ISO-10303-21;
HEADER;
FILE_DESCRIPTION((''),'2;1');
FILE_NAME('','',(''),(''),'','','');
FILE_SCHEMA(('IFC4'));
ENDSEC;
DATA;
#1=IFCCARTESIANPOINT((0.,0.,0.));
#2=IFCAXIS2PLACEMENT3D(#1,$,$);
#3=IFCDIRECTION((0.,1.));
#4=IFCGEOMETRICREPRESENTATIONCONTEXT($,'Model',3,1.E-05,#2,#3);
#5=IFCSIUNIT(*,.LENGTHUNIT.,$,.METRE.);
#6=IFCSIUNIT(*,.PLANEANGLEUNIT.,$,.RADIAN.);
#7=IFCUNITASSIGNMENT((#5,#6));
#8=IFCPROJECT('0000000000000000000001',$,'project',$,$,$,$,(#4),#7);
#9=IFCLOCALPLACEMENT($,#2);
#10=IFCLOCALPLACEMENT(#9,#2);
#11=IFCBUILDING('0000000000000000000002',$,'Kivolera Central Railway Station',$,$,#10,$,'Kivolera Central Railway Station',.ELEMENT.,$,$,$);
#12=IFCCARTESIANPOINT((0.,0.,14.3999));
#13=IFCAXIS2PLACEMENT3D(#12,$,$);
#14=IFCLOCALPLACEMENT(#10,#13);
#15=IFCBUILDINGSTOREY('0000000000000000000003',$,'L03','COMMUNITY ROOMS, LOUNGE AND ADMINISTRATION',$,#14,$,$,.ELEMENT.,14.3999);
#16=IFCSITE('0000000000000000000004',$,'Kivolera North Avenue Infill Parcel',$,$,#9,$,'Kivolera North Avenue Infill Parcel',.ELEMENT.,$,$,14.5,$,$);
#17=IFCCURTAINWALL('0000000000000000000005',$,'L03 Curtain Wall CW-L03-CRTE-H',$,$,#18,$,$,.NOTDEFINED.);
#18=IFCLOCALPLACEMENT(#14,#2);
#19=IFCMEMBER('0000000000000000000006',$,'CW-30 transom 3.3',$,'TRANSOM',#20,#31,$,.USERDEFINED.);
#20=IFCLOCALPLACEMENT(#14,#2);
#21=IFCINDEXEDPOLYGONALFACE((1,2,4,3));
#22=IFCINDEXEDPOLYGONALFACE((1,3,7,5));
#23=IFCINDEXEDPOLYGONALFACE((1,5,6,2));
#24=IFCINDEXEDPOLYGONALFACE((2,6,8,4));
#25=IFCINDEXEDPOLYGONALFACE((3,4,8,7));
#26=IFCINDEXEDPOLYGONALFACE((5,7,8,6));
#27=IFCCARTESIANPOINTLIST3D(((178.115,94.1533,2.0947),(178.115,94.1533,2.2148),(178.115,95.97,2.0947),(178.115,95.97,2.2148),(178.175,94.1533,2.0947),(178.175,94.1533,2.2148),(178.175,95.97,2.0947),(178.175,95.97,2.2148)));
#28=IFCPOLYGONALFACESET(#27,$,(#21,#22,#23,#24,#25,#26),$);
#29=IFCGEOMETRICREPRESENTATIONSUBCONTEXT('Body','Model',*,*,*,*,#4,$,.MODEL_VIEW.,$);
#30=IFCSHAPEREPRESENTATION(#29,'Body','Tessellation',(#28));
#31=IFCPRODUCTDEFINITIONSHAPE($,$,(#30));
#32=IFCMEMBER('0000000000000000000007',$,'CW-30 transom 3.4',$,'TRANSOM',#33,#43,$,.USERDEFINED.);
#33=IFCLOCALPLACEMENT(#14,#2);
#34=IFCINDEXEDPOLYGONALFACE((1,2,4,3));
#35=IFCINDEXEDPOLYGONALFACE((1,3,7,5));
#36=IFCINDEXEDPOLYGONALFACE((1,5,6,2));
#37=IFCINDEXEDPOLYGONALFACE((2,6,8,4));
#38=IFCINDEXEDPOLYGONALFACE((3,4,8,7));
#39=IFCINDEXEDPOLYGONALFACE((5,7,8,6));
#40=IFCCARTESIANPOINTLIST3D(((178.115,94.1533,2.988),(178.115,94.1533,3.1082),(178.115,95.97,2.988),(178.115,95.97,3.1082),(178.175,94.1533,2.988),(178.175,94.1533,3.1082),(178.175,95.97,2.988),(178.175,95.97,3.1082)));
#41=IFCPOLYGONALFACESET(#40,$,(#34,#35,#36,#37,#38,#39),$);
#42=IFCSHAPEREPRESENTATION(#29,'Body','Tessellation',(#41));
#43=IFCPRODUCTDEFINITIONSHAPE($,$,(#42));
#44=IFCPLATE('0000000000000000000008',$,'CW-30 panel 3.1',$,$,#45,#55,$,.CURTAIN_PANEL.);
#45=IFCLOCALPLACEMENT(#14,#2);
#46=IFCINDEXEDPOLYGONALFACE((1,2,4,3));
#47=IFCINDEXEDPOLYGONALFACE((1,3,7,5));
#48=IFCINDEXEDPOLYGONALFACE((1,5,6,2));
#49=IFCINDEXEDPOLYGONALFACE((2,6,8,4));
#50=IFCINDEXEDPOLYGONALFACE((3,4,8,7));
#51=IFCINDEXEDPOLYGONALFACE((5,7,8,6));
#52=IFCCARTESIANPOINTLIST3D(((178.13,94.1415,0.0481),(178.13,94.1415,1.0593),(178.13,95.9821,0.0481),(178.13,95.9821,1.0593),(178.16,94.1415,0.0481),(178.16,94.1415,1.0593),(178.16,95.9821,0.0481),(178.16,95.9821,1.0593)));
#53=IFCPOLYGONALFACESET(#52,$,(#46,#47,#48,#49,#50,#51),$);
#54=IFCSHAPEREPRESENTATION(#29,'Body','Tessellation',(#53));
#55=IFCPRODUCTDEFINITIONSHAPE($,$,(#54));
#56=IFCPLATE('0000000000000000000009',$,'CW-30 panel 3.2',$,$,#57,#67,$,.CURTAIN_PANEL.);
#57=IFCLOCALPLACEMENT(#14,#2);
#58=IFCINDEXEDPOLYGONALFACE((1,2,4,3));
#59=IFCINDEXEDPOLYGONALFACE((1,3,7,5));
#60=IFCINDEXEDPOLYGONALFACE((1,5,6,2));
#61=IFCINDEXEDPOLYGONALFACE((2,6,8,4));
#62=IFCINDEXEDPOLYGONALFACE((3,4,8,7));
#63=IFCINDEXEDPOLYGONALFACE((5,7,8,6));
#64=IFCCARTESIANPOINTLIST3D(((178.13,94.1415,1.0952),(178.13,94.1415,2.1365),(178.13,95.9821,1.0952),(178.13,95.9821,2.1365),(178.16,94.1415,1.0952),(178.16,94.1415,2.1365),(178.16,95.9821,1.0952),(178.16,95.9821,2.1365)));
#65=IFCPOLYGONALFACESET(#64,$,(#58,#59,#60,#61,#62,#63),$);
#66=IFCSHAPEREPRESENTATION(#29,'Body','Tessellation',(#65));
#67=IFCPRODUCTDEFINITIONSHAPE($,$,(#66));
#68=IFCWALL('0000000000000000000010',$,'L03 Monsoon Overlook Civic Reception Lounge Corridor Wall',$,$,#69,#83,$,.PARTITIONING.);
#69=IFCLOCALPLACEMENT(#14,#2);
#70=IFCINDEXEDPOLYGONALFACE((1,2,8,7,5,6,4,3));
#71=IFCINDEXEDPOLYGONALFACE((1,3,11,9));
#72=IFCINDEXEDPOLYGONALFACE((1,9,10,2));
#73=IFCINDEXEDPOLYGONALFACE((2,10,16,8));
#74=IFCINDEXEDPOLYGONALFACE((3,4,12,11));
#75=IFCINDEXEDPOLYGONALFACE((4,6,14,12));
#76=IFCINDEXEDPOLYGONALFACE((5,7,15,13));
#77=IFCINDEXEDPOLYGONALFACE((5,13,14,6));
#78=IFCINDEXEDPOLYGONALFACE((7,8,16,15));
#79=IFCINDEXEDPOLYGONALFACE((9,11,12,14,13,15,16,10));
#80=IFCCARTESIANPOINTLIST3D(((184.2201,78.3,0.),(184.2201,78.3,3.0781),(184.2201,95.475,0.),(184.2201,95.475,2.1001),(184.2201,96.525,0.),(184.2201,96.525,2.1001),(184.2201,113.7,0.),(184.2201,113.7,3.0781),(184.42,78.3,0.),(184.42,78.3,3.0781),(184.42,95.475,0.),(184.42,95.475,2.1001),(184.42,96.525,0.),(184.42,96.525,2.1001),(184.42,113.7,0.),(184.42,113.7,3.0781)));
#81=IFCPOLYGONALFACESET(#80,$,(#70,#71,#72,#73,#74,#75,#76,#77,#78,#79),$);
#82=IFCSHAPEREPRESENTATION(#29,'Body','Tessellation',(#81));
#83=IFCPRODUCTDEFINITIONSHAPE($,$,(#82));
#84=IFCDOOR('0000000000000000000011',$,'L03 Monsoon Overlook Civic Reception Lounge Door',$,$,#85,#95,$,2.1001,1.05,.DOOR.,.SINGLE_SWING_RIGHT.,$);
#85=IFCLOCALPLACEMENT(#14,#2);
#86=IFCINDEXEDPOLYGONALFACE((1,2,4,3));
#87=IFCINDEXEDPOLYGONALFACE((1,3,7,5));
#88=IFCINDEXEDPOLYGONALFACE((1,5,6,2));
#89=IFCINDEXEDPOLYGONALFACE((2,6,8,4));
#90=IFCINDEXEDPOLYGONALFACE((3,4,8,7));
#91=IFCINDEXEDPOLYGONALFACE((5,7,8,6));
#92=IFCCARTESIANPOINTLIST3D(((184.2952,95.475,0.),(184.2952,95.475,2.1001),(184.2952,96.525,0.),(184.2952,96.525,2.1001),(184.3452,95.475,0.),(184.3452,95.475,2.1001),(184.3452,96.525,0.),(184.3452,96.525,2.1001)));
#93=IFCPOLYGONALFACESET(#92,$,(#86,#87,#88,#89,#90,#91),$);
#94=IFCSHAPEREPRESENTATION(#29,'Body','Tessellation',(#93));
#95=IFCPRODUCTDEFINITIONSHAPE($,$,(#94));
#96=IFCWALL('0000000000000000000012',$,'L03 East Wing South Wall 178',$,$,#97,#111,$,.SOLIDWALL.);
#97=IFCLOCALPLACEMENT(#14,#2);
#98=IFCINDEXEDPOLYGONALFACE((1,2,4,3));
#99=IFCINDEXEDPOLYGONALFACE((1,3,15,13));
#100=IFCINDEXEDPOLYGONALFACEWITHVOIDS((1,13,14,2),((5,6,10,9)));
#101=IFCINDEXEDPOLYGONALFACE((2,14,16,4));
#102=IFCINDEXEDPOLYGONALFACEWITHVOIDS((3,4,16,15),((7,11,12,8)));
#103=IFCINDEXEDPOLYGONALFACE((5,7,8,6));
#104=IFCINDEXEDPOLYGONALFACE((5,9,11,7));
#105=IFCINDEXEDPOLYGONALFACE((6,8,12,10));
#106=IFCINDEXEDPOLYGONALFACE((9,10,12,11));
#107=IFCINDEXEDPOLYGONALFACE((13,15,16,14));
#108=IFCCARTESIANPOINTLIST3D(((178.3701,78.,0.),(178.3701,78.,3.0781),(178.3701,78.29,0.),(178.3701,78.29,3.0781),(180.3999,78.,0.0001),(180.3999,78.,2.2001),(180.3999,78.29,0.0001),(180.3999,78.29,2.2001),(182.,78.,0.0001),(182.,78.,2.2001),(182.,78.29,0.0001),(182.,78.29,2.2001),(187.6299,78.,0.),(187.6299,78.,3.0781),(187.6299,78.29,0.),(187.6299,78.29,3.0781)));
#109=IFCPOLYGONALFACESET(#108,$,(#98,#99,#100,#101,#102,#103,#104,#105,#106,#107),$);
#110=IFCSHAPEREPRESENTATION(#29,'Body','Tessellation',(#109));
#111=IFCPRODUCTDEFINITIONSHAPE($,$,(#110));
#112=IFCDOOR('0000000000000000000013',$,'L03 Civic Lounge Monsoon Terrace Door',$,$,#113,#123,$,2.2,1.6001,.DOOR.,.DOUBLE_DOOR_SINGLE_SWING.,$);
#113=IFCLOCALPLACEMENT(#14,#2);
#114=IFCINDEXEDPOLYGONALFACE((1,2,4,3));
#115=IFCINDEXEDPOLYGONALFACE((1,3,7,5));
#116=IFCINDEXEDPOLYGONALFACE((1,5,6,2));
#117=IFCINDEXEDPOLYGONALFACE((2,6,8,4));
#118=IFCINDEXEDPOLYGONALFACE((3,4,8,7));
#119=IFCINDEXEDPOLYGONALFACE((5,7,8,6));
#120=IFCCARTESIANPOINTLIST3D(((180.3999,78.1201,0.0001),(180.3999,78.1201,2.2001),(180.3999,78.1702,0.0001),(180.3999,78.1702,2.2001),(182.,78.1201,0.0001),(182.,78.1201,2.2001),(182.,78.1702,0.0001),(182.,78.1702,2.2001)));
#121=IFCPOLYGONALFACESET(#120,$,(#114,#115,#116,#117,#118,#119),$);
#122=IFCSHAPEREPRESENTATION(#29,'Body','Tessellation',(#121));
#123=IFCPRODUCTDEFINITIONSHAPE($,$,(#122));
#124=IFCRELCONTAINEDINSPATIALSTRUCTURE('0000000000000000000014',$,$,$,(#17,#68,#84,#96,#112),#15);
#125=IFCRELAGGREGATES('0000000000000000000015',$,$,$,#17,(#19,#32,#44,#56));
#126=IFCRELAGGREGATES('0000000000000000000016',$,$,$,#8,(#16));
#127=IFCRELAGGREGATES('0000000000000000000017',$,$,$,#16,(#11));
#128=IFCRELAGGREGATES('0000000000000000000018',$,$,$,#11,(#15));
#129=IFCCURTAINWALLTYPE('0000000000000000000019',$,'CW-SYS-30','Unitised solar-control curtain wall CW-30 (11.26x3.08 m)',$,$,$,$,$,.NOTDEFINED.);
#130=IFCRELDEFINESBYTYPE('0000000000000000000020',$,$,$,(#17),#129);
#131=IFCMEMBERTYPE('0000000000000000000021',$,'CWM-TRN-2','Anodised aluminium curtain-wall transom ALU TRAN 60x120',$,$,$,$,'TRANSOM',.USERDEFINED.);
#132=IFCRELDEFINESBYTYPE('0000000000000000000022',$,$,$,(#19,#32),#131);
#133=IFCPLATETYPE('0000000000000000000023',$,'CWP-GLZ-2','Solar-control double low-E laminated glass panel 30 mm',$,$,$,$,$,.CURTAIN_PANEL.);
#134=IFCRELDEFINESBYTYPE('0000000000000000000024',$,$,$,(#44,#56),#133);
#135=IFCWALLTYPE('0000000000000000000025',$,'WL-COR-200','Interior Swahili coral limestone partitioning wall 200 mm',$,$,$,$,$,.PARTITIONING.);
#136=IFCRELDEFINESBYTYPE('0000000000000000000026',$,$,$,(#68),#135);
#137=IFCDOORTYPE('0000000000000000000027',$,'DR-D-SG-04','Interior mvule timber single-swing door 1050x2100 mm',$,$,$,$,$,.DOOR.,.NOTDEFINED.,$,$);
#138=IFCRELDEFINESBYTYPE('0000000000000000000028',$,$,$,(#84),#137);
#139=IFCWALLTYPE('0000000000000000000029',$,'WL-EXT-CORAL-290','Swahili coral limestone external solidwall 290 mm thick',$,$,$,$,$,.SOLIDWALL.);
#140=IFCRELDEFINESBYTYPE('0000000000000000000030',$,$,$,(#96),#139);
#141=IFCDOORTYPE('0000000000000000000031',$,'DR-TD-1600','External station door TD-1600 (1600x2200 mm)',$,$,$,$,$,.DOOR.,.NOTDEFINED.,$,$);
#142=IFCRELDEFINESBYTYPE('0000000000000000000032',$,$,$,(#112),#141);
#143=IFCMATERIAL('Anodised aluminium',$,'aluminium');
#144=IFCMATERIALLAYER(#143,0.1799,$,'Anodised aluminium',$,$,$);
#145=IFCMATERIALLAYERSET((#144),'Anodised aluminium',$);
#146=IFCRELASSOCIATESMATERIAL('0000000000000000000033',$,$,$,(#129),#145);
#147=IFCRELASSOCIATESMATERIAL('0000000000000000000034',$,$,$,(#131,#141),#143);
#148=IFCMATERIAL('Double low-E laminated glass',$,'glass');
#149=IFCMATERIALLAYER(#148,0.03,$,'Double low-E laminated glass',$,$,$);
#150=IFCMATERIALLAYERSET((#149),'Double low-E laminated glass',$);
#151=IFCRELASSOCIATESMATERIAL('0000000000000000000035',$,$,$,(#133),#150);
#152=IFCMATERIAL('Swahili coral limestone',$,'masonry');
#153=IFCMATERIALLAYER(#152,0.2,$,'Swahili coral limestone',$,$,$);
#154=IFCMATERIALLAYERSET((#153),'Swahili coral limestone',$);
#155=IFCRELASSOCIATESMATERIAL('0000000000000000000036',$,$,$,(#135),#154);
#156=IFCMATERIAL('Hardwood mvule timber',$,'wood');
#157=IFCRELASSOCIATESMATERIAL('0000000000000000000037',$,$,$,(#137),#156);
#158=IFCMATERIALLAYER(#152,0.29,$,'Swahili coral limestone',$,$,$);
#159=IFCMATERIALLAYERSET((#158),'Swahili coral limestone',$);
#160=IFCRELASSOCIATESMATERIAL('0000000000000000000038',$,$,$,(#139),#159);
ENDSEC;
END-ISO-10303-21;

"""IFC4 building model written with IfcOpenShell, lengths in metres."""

from ifc_helpers import new_model, si_unit, direction, frame, frame_2d, origin, origin_2d, place, context, subcontext, project, spatial, rectangle, extrude, material, layer, layer_set, material_profile, profile_set, type_object, element, fill, aggregate, save


model = new_model("IFC4")

# Units and contexts
model_context = context("Model", 3, precision=1e-05, world=origin(), true_north=direction((0.0, 1.0)))
body_context = subcontext(model_context, "Body", "Model", "MODEL_VIEW")
ifc_project = project(units=[si_unit("LENGTHUNIT", "METRE"), si_unit("PLANEANGLEUNIT", "RADIAN")], contexts=[model_context])

# Site, building, storey
site_placement = place(None, origin())
site = spatial("IfcSite", under=ifc_project, at=site_placement, Name="Kivolera North Avenue Infill Parcel", LongName="Kivolera North Avenue Infill Parcel", CompositionType="ELEMENT", RefElevation=14.5)
building_placement = place(site_placement, origin())
building = spatial("IfcBuilding", under=site, at=building_placement, Name="Kivolera Central Railway Station", LongName="Kivolera Central Railway Station", CompositionType="ELEMENT")
storey_placement = place(building_placement, frame((0.0, 0.0, 14.3999)))
storey = spatial("IfcBuildingStorey", under=building, at=storey_placement, Name="L03", Description="COMMUNITY ROOMS, LOUNGE AND ADMINISTRATION", CompositionType="ELEMENT", Elevation=14.3999)

# Curtain wall, members, plates
ifc_material_1 = material(Name="Anodised aluminium", Category="aluminium")
ifc_layer_1 = layer(ifc_material_1, 0.1799, Name="Anodised aluminium")
ifc_layer_set_1 = layer_set([ifc_layer_1], Name="Anodised aluminium")
curtain_wall_type = type_object("IfcCurtainWallType", Name="CW-SYS-30", Description="Unitised solar-control curtain wall CW-30 (11.26x3.08 m)", PredefinedType="NOTDEFINED", material=ifc_layer_set_1)
curtain_wall_placement = place(storey_placement, origin())
curtain_wall = element("IfcCurtainWall", 1, at=curtain_wall_placement, inside=storey, type_object=curtain_wall_type, Name="L03 Curtain Wall CW-L03-CRTE-H", PredefinedType="NOTDEFINED")
ifc_material_profile_1 = material_profile(ifc_material_1, rectangle(XDim=0.0601, YDim=0.1201, at=origin_2d()), Name="ALU TRAN 60x120")
ifc_profile_set_1 = profile_set([ifc_material_profile_1], Name="Anodised aluminium")
member_type = type_object("IfcMemberType", Name="CWM-TRN-2", Description="Anodised aluminium curtain-wall transom ALU TRAN 60x120", ElementType="TRANSOM", PredefinedType="USERDEFINED", material=ifc_profile_set_1)
member_1_placement = place(storey_placement, frame((178.145, 94.1533, 2.1548), z_axis=(0.0, 1.0, 0.0), x_axis=(-1.0, 0.0, 0.0)))
member_1 = element("IfcMember", 2, at=member_1_placement, type_object=member_type, Name="CW-30 transom 3.3", ObjectType="TRANSOM", PredefinedType="USERDEFINED", context=body_context, shape_type="SweptSolid", body=[
    extrude(rectangle(XDim=0.0601, YDim=0.1201, at=origin_2d()), origin(), (0.0, 0.0, 1.0), 1.8167),
])
member_2_placement = place(storey_placement, frame((178.145, 94.1533, 3.0481), z_axis=(0.0, 1.0, 0.0), x_axis=(-1.0, 0.0, 0.0)))
member_2 = element("IfcMember", 3, at=member_2_placement, type_object=member_type, Name="CW-30 transom 3.4", ObjectType="TRANSOM", PredefinedType="USERDEFINED", context=body_context, shape_type="SweptSolid", body=[
    extrude(rectangle(XDim=0.0601, YDim=0.1201, at=origin_2d()), origin(), (0.0, 0.0, 1.0), 1.8167),
])
ifc_material_2 = material(Name="Double low-E laminated glass", Category="glass")
ifc_layer_2 = layer(ifc_material_2, 0.03, Name="Double low-E laminated glass")
ifc_layer_set_2 = layer_set([ifc_layer_2], Name="Double low-E laminated glass")
plate_type = type_object("IfcPlateType", Name="CWP-GLZ-2", Description="Solar-control double low-E laminated glass panel 30 mm", PredefinedType="CURTAIN_PANEL", material=ifc_layer_set_2)
plate_1_placement = place(storey_placement, frame((178.145, 95.0618, 0.0481), z_axis=(0.0, 0.0, 1.0), x_axis=(0.0, 1.0, 0.0)))
plate_1 = element("IfcPlate", 4, at=plate_1_placement, type_object=plate_type, Name="CW-30 panel 3.1", PredefinedType="CURTAIN_PANEL", context=body_context, shape_type="SweptSolid", body=[
    extrude(rectangle(XDim=1.8406, YDim=0.03, at=origin_2d()), origin(), (0.0, 0.0, 1.0), 1.0112),
])
plate_2_placement = place(storey_placement, frame((178.145, 95.0618, 1.0952), z_axis=(0.0, 0.0, 1.0), x_axis=(0.0, 1.0, 0.0)))
plate_2 = element("IfcPlate", 5, at=plate_2_placement, type_object=plate_type, Name="CW-30 panel 3.2", PredefinedType="CURTAIN_PANEL", context=body_context, shape_type="SweptSolid", body=[
    extrude(rectangle(XDim=1.8406, YDim=0.03, at=origin_2d()), origin(), (0.0, 0.0, 1.0), 1.0413),
])
aggregate(curtain_wall, [member_1, member_2, plate_1, plate_2])

# Walls, openings, doors
ifc_material_3 = material(Name="Swahili coral limestone", Category="masonry")
ifc_layer_3 = layer(ifc_material_3, 0.2, Name="Swahili coral limestone")
ifc_layer_set_3 = layer_set([ifc_layer_3], Name="Swahili coral limestone")
wall_type_1 = type_object("IfcWallType", Name="WL-COR-200", Description="Interior Swahili coral limestone partitioning wall 200 mm", PredefinedType="PARTITIONING", material=ifc_layer_set_3)
wall_1_placement = place(storey_placement, frame((184.3201, 78.3, 0.0), z_axis=(0.0, 0.0, 1.0), x_axis=(0.0, 1.0, 0.0)))
wall_1 = element("IfcWall", 6, at=wall_1_placement, inside=storey, type_object=wall_type_1, Name="L03 Monsoon Overlook Civic Reception Lounge Corridor Wall", PredefinedType="PARTITIONING", context=body_context, shape_type="SweptSolid", body=[
    extrude(rectangle(XDim=35.3999, YDim=0.2, at=frame_2d((17.7, 0.0))), origin(), (0.0, 0.0, 1.0), 3.0781),
])
opening_1_placement = place(wall_1_placement, frame((17.175, 0.0, 0.0)))
opening_1 = element("IfcOpeningElement", 7, at=opening_1_placement, cuts=wall_1, PredefinedType="OPENING", context=body_context, shape_type="SweptSolid", body=[
    extrude(rectangle(XDim=1.05, YDim=2.1001, at=frame_2d((0.5249, 1.05))), frame((0.0, 0.1099, 0.0), z_axis=(0.0, -1.0, 0.0), x_axis=(1.0, 0.0, 0.0)), (0.0, 0.0, 1.0), 0.22),
])
ifc_material_4 = material(Name="Hardwood mvule timber", Category="wood")
door_type_1 = type_object("IfcDoorType", Name="DR-D-SG-04", Description="Interior mvule timber single-swing door 1050x2100 mm", OperationType="NOTDEFINED", PredefinedType="DOOR", material=ifc_material_4)
door_1_placement = place(opening_1_placement, origin())
door_1 = element("IfcDoor", 8, at=door_1_placement, inside=storey, type_object=door_type_1, Name="L03 Monsoon Overlook Civic Reception Lounge Door", OperationType="SINGLE_SWING_RIGHT", OverallHeight=2.1001, OverallWidth=1.05, PredefinedType="DOOR", context=body_context, shape_type="SweptSolid", body=[
    extrude(rectangle(XDim=1.05, YDim=2.1001, at=frame_2d((0.5249, 1.05))), frame((0.0, 0.0249, 0.0), z_axis=(0.0, -1.0, 0.0), x_axis=(1.0, 0.0, 0.0)), (0.0, 0.0, 1.0), 0.05),
])
fill(opening_1, door_1)
ifc_layer_4 = layer(ifc_material_3, 0.29, Name="Swahili coral limestone")
ifc_layer_set_4 = layer_set([ifc_layer_4], Name="Swahili coral limestone")
wall_type_2 = type_object("IfcWallType", Name="WL-EXT-CORAL-290", Description="Swahili coral limestone external solidwall 290 mm thick", PredefinedType="SOLIDWALL", material=ifc_layer_set_4)
wall_2_placement = place(storey_placement, frame((187.6299, 78.145, 0.0), z_axis=(0.0, 0.0, 1.0), x_axis=(-1.0, 0.0, 0.0)))
wall_2 = element("IfcWall", 9, at=wall_2_placement, inside=storey, type_object=wall_type_2, Name="L03 East Wing South Wall 178", PredefinedType="SOLIDWALL", context=body_context, shape_type="SweptSolid", body=[
    extrude(rectangle(XDim=9.2598, YDim=0.29, at=frame_2d((4.6299, 0.0))), origin(), (0.0, 0.0, 1.0), 3.0781),
])
opening_2_placement = place(wall_2_placement, frame((5.6299, 0.0, 0.0)))
opening_2 = element("IfcOpeningElement", 10, at=opening_2_placement, cuts=wall_2, PredefinedType="OPENING", context=body_context, shape_type="SweptSolid", body=[
    extrude(rectangle(XDim=1.6001, YDim=2.2, at=frame_2d((0.8, 1.1001))), frame((0.0, 0.155, 0.0), z_axis=(0.0, -1.0, 0.0), x_axis=(1.0, 0.0, 0.0)), (0.0, 0.0, 1.0), 0.3101),
])
door_type_2 = type_object("IfcDoorType", Name="DR-TD-1600", Description="External station door TD-1600 (1600x2200 mm)", OperationType="NOTDEFINED", PredefinedType="DOOR", material=ifc_material_1)
door_2_placement = place(opening_2_placement, origin())
door_2 = element("IfcDoor", 11, at=door_2_placement, inside=storey, type_object=door_type_2, Name="L03 Civic Lounge Monsoon Terrace Door", OperationType="DOUBLE_DOOR_SINGLE_SWING", OverallHeight=2.2, OverallWidth=1.6001, PredefinedType="DOOR", context=body_context, shape_type="SweptSolid", body=[
    extrude(rectangle(XDim=1.6001, YDim=2.2, at=frame_2d((0.8, 1.1001))), frame((0.0, 0.0249, 0.0), z_axis=(0.0, -1.0, 0.0), x_axis=(1.0, 0.0, 0.0)), (0.0, 0.0, 1.0), 0.05),
])
fill(opening_2, door_2)

save(model, "model.ifc")
